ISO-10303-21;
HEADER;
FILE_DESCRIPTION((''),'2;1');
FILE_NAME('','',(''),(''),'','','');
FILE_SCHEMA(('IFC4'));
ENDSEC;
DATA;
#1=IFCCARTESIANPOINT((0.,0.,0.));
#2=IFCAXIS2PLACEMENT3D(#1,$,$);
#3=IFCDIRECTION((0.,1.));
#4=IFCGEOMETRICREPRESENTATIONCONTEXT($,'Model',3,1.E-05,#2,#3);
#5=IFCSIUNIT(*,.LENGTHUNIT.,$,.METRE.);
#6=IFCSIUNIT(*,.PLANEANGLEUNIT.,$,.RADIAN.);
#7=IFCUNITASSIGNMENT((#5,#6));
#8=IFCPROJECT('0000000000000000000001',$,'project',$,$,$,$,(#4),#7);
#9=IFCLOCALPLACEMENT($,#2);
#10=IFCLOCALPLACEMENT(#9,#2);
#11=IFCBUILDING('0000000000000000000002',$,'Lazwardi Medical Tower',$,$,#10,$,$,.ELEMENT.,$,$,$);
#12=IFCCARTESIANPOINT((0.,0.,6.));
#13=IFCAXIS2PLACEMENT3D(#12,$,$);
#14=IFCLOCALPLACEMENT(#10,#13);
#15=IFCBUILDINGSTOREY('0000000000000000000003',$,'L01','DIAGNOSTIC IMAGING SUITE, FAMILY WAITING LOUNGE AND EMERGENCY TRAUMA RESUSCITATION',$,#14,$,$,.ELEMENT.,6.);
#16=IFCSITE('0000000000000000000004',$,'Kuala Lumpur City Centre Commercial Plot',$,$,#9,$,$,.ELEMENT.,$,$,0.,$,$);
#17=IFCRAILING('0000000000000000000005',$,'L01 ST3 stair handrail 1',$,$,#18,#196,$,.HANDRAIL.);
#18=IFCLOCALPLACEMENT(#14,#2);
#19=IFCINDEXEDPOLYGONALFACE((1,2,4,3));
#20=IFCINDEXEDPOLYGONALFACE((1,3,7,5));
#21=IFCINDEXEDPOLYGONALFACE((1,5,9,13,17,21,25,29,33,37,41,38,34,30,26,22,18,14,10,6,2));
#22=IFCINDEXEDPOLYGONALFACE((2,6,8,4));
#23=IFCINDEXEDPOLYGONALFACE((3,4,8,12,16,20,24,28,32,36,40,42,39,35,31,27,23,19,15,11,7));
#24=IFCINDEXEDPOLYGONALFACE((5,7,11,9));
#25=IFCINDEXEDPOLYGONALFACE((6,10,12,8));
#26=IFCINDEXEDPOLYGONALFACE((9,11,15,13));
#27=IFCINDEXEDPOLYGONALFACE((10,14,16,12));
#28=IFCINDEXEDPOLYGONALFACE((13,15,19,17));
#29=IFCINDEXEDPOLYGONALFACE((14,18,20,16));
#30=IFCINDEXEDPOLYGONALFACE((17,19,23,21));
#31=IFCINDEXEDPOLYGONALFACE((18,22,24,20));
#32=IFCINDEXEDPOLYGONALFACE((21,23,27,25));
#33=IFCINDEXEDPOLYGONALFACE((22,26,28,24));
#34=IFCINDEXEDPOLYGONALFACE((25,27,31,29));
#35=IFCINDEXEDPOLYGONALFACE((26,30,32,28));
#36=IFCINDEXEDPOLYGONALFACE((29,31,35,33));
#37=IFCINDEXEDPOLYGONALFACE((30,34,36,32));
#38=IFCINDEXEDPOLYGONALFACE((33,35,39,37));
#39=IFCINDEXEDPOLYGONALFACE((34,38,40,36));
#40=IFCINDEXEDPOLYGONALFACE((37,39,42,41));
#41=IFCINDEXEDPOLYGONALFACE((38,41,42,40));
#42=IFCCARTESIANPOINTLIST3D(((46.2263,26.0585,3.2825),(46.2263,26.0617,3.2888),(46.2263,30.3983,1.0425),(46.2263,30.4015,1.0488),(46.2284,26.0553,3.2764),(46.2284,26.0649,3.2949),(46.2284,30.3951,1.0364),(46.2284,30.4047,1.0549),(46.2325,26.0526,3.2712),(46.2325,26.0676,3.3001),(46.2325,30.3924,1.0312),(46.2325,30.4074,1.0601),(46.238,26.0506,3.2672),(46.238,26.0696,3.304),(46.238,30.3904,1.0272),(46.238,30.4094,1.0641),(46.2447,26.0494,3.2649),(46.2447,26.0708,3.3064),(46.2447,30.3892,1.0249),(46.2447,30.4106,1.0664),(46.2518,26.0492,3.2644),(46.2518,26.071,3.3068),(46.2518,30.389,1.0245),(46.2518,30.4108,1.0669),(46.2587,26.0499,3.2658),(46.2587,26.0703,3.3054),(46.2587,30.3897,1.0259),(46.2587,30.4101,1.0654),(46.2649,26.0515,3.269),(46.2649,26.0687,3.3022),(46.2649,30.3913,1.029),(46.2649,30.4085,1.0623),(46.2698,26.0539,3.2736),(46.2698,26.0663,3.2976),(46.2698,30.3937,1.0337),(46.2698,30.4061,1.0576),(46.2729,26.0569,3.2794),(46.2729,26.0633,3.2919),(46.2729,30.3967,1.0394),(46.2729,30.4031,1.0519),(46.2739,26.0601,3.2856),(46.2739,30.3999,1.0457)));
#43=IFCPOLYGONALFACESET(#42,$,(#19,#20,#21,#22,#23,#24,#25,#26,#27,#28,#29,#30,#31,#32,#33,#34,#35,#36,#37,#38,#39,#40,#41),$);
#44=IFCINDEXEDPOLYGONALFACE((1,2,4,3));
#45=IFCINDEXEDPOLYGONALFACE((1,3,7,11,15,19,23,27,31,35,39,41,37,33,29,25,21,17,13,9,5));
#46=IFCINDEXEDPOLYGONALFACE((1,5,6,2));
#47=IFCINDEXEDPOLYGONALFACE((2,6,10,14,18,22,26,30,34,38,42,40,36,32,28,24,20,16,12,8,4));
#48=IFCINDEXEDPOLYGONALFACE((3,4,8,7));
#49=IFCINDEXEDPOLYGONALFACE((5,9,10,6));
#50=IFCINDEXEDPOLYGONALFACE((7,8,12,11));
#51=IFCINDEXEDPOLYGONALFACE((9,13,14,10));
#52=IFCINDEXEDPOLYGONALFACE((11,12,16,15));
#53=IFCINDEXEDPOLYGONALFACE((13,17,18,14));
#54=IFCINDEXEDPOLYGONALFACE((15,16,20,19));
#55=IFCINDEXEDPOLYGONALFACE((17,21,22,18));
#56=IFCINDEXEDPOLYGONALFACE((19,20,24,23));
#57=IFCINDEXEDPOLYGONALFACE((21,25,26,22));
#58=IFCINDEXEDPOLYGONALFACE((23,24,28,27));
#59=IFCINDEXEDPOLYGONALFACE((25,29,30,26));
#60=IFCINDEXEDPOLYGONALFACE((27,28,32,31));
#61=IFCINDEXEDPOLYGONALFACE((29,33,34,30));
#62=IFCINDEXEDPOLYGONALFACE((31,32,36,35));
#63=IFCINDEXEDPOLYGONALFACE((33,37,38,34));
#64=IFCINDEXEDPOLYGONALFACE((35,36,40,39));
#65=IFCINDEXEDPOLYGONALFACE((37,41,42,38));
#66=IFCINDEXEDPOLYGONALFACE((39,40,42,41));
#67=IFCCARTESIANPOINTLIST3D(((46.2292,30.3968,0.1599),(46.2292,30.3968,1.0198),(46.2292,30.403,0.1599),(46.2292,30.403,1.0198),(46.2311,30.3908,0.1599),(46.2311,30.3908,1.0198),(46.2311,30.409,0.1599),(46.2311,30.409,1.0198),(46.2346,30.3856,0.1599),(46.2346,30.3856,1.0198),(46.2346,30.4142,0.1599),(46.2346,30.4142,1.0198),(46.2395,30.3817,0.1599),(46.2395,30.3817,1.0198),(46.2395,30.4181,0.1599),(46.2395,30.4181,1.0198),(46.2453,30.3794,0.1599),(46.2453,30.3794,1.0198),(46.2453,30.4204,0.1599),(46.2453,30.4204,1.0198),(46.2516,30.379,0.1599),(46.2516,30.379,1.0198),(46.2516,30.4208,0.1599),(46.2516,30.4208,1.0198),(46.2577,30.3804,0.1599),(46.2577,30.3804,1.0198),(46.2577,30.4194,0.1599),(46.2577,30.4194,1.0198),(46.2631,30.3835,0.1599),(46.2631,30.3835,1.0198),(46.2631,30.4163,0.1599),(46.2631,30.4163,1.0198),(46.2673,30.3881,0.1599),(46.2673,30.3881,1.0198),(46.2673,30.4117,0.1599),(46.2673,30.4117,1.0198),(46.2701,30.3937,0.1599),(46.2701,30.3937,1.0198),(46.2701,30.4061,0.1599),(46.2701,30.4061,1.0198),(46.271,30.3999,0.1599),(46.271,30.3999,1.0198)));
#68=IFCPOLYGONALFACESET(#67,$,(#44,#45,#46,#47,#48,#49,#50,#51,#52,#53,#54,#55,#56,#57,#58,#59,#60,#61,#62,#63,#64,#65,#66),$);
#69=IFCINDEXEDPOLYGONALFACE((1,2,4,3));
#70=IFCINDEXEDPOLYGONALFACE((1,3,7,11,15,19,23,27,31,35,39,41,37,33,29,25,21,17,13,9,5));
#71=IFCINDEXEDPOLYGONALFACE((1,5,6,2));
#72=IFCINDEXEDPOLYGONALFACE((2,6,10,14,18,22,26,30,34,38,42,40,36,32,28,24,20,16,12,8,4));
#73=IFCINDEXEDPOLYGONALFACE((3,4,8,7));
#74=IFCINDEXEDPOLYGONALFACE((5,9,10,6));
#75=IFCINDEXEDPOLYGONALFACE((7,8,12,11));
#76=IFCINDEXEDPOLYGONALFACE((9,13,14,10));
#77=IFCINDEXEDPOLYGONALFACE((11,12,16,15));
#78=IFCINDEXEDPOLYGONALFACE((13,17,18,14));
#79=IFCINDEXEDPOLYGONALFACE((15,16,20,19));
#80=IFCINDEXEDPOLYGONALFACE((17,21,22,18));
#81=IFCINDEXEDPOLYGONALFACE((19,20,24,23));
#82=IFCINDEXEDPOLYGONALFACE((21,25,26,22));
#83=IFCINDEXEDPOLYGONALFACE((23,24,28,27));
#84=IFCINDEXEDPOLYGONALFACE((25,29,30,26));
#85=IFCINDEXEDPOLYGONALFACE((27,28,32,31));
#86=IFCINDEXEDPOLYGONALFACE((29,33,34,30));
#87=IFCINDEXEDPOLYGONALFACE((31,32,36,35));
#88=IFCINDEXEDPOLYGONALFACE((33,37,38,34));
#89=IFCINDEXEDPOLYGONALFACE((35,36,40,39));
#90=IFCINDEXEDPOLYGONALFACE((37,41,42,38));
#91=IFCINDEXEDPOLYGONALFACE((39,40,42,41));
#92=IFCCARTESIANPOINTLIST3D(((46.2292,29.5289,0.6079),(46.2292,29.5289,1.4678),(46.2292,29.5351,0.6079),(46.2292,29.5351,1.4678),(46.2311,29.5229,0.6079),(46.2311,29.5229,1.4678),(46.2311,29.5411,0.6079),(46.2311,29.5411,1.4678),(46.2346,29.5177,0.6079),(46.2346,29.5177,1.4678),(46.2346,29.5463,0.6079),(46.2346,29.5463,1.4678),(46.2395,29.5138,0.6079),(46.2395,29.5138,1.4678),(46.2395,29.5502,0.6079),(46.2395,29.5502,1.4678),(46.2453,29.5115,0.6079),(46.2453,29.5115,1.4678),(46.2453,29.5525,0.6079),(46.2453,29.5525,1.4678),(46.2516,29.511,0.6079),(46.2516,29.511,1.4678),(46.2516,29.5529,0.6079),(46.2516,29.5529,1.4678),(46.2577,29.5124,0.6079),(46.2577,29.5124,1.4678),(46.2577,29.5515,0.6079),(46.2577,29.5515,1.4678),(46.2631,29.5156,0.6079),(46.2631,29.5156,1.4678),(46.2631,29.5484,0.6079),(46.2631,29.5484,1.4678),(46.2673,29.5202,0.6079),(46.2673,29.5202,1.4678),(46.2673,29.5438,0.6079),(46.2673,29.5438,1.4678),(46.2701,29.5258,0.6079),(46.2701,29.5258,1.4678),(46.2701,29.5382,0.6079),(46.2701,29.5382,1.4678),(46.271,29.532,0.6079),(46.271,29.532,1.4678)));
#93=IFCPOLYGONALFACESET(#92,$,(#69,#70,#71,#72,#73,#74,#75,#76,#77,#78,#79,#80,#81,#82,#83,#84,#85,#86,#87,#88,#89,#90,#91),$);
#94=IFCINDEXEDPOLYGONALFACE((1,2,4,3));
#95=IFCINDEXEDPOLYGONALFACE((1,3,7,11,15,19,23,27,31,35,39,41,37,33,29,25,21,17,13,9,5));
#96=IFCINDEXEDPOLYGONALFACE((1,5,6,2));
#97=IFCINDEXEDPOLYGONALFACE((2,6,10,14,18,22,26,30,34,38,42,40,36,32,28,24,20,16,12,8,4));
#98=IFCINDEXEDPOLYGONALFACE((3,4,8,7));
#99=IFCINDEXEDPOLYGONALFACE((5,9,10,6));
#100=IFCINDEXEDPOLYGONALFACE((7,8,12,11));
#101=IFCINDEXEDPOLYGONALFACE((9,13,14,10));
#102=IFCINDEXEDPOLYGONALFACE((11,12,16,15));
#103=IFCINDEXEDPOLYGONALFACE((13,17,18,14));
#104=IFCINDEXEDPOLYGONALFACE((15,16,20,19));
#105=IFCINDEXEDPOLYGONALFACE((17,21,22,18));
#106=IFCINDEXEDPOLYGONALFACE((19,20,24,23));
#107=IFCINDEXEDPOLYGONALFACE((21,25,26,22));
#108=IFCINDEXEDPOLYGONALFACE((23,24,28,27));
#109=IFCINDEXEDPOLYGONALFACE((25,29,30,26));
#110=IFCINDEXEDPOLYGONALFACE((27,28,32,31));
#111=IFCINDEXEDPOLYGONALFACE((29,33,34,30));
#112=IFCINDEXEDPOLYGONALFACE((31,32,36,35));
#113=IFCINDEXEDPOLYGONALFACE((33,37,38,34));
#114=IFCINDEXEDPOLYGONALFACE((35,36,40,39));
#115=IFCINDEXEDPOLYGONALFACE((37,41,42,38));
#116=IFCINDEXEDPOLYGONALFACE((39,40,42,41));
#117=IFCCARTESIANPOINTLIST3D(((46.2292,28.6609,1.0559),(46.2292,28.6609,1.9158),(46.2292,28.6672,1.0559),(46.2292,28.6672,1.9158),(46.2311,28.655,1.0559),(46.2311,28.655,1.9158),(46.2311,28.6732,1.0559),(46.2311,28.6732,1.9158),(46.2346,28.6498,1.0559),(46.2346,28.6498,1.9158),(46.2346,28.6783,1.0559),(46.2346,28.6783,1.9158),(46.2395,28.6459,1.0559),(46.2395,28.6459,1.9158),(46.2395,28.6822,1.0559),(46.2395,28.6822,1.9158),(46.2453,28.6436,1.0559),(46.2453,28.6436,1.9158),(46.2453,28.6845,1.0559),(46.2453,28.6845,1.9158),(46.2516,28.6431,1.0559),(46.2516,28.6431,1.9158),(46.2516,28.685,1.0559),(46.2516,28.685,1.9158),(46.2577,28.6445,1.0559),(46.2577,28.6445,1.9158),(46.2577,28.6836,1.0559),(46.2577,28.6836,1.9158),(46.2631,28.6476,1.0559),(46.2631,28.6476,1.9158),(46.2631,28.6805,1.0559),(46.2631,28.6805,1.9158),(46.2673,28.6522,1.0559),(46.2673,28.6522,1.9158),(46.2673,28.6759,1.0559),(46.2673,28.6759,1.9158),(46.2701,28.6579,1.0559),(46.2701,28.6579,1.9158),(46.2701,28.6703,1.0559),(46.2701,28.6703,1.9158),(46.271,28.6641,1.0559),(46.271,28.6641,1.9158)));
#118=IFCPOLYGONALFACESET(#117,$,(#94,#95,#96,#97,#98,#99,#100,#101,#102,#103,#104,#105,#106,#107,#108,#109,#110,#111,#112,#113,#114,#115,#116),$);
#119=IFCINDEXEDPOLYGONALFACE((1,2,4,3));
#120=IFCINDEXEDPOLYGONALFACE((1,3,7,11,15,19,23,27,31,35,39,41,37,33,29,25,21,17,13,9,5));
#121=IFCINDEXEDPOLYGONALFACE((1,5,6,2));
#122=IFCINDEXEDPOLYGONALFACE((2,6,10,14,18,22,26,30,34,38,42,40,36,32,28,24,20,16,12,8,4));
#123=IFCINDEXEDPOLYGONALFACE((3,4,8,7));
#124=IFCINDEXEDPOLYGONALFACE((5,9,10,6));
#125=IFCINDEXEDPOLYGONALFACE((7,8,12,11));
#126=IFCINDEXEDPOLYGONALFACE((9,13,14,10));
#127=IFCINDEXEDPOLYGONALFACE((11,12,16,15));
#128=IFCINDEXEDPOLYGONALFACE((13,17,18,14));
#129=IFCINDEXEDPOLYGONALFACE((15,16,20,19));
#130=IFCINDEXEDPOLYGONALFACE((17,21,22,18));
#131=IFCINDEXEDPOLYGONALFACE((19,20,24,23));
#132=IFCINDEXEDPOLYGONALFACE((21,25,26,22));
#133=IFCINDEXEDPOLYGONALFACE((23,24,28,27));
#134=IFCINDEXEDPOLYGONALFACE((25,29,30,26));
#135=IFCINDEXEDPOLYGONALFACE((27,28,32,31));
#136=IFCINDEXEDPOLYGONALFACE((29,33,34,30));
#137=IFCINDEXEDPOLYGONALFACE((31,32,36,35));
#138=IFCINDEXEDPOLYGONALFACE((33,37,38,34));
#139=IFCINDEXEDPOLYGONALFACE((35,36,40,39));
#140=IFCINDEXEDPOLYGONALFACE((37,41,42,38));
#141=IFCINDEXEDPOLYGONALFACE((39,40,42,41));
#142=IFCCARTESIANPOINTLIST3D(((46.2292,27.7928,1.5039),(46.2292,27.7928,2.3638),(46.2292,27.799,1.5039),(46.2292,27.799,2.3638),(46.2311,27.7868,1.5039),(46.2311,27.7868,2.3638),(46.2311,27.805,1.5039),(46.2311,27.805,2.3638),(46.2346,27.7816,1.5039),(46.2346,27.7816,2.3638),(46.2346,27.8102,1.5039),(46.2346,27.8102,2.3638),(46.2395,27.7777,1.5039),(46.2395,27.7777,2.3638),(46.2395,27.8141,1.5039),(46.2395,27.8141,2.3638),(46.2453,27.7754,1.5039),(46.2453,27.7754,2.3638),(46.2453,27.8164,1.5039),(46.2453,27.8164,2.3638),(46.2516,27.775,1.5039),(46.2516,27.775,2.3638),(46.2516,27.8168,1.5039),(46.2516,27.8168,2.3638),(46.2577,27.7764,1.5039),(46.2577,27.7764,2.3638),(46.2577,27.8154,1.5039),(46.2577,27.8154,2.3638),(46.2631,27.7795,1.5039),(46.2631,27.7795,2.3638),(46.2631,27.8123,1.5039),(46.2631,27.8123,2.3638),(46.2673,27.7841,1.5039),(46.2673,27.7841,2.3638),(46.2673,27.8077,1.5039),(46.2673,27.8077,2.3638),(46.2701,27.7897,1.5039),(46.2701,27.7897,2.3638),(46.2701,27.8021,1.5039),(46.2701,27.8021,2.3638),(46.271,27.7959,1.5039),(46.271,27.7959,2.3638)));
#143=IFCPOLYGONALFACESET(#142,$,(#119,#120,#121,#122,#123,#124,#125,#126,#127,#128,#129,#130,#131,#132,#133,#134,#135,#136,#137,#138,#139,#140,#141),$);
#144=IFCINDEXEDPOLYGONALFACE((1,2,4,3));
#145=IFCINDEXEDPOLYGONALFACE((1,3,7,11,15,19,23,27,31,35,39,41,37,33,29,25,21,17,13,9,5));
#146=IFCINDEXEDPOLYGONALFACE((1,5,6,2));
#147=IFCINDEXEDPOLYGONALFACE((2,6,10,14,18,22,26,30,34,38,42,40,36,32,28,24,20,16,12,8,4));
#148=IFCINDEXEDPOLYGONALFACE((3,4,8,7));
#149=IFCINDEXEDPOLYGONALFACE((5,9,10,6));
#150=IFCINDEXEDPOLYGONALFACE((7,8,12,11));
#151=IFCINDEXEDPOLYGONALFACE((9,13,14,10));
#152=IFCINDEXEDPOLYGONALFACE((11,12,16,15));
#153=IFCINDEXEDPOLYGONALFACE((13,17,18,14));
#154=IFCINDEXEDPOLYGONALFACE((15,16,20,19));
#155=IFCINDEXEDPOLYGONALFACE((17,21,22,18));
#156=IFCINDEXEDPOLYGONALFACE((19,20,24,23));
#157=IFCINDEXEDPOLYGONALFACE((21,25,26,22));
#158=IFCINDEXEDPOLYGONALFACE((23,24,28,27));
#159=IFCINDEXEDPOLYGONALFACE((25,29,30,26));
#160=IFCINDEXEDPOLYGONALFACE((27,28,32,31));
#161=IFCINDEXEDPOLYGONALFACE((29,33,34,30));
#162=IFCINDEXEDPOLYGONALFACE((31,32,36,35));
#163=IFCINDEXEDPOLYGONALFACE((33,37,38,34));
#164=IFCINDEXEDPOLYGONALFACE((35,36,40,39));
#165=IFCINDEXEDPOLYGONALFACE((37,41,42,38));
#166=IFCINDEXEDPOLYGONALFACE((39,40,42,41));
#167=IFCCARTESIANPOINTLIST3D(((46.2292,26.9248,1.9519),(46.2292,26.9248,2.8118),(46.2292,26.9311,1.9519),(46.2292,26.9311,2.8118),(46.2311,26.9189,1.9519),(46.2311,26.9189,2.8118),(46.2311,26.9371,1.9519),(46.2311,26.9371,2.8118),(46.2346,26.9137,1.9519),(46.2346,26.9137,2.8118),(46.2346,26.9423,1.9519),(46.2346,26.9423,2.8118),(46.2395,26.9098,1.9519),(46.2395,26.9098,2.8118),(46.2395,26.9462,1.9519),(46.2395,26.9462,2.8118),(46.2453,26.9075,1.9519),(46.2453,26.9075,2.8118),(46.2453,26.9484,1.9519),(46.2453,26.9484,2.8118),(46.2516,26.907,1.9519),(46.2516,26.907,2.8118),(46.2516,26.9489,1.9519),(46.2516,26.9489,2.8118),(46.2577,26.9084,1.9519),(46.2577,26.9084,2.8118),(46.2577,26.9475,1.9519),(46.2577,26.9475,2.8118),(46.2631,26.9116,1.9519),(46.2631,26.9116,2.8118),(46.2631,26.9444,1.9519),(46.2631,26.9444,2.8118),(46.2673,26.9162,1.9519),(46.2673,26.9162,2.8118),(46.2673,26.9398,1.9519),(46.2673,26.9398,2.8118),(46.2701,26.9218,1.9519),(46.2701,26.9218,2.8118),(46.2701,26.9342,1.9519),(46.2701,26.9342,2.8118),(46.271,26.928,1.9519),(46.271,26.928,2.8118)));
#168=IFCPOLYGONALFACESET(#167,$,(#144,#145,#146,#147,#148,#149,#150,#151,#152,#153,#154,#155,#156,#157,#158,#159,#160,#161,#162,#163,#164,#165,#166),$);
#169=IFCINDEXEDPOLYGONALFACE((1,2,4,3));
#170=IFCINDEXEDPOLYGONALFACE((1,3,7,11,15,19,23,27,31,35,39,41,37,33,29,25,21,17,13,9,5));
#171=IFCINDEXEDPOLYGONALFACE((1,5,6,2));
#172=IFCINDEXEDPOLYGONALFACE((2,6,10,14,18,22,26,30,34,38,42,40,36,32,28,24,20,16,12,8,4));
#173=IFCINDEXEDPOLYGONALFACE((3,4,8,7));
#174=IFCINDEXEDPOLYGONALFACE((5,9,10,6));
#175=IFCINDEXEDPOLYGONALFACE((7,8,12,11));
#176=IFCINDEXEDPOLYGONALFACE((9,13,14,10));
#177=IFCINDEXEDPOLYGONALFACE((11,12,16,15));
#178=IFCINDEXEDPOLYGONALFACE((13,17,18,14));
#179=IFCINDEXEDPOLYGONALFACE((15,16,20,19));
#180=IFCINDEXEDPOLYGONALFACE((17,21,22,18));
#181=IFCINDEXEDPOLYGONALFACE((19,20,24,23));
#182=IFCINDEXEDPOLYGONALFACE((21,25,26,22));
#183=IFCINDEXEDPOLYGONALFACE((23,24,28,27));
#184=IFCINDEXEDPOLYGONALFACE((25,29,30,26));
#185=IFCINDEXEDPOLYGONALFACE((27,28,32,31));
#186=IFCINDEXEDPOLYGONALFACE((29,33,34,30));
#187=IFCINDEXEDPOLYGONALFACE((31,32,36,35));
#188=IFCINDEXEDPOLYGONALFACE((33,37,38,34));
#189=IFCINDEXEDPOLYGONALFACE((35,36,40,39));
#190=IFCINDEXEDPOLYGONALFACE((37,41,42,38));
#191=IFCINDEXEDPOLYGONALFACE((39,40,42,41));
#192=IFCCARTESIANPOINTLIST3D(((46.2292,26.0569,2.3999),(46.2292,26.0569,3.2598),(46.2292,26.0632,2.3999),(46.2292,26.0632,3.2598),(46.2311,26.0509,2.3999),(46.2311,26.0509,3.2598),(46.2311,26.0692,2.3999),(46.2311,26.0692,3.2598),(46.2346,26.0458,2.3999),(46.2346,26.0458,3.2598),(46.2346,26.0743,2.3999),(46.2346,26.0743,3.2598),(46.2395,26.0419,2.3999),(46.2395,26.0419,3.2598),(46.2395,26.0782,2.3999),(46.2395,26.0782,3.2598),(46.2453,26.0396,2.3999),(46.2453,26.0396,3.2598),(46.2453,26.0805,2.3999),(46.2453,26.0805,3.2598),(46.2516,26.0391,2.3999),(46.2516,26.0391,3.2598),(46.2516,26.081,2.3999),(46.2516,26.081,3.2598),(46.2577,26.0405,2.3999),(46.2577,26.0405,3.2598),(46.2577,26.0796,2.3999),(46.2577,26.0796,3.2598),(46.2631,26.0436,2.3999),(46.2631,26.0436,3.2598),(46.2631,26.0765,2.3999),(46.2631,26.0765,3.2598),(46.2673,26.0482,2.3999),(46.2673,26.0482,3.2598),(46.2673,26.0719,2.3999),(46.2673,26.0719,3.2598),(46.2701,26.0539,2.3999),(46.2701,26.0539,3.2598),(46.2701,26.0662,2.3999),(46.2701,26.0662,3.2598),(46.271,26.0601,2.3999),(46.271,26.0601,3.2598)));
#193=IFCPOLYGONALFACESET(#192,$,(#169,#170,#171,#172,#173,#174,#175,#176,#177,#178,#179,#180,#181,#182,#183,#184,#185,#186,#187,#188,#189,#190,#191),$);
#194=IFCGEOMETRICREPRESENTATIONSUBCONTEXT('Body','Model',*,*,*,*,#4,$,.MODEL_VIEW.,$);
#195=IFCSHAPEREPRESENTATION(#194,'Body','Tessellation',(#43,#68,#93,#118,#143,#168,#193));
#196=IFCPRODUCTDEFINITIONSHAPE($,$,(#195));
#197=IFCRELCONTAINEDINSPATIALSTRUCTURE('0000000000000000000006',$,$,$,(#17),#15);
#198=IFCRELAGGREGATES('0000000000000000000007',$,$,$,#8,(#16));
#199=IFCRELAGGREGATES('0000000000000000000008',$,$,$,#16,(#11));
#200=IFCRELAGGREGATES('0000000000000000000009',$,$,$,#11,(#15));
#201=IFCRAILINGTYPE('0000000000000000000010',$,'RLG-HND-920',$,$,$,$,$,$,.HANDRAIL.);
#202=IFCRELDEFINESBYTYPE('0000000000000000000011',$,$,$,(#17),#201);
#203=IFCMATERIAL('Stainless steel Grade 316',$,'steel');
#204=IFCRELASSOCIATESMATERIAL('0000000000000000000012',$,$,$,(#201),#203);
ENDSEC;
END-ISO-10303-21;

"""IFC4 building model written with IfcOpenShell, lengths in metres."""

from ifc_helpers import new_model, si_unit, direction, frame, origin, origin_2d, place, context, subcontext, project, spatial, circle, extrude, material, type_object, element, save


model = new_model("IFC4")

# Units and contexts
model_context = context("Model", 3, precision=1e-05, world=origin(), true_north=direction((0.0, 1.0)))
body_context = subcontext(model_context, "Body", "Model", "MODEL_VIEW")
ifc_project = project(units=[si_unit("LENGTHUNIT", "METRE"), si_unit("PLANEANGLEUNIT", "RADIAN")], contexts=[model_context])

# Site, building, storey
site_placement = place(None, origin())
site = spatial("IfcSite", under=ifc_project, at=site_placement, Name="Kuala Lumpur City Centre Commercial Plot", CompositionType="ELEMENT", RefElevation=0.0)
building_placement = place(site_placement, origin())
building = spatial("IfcBuilding", under=site, at=building_placement, Name="Lazwardi Medical Tower", CompositionType="ELEMENT")
storey_placement = place(building_placement, frame((0.0, 0.0, 6.0)))
storey = spatial("IfcBuildingStorey", under=building, at=storey_placement, Name="L01", Description="DIAGNOSTIC IMAGING SUITE, FAMILY WAITING LOUNGE AND EMERGENCY TRAUMA RESUSCITATION", CompositionType="ELEMENT", Elevation=6.0)

# Railing
ifc_material_1 = material(Name="Stainless steel Grade 316", Category="steel")
railing_type_1 = type_object("IfcRailingType", Name="RLG-HND-920", PredefinedType="HANDRAIL", material=ifc_material_1)
railing_1_placement = place(storey_placement, frame((46.25, 30.3999, 0.1599)))
element("IfcRailing", 1, at=railing_1_placement, inside=storey, type_object=railing_type_1, Name="L01 ST3 stair handrail 1", PredefinedType="HANDRAIL", context=body_context, shape_type="SweptSolid", body=[
    extrude(circle(Radius=0.0239, at=origin_2d()), frame((0.0, 0.0, 0.8857), z_axis=(0.0, -0.888615, 0.458654), x_axis=(1.0, 0.0, 0.0)), (0.0, 0.0, 1.0), 4.8838),
    extrude(circle(Radius=0.021, at=origin_2d()), origin(), (0.0, 0.0, 1.0), 0.8599),
    extrude(circle(Radius=0.021, at=origin_2d()), frame((0.0, -0.8679, 0.448)), (0.0, 0.0, 1.0), 0.8599),
    extrude(circle(Radius=0.021, at=origin_2d()), frame((0.0, -1.7358, 0.896)), (0.0, 0.0, 1.0), 0.8599),
    extrude(circle(Radius=0.021, at=origin_2d()), frame((0.0, -2.604, 1.344)), (0.0, 0.0, 1.0), 0.8599),
    extrude(circle(Radius=0.021, at=origin_2d()), frame((0.0, -3.4719, 1.792)), (0.0, 0.0, 1.0), 0.8599),
    extrude(circle(Radius=0.021, at=origin_2d()), frame((0.0, -4.3398, 2.24)), (0.0, 0.0, 1.0), 0.8599),
])

save(model, "model.ifc")
